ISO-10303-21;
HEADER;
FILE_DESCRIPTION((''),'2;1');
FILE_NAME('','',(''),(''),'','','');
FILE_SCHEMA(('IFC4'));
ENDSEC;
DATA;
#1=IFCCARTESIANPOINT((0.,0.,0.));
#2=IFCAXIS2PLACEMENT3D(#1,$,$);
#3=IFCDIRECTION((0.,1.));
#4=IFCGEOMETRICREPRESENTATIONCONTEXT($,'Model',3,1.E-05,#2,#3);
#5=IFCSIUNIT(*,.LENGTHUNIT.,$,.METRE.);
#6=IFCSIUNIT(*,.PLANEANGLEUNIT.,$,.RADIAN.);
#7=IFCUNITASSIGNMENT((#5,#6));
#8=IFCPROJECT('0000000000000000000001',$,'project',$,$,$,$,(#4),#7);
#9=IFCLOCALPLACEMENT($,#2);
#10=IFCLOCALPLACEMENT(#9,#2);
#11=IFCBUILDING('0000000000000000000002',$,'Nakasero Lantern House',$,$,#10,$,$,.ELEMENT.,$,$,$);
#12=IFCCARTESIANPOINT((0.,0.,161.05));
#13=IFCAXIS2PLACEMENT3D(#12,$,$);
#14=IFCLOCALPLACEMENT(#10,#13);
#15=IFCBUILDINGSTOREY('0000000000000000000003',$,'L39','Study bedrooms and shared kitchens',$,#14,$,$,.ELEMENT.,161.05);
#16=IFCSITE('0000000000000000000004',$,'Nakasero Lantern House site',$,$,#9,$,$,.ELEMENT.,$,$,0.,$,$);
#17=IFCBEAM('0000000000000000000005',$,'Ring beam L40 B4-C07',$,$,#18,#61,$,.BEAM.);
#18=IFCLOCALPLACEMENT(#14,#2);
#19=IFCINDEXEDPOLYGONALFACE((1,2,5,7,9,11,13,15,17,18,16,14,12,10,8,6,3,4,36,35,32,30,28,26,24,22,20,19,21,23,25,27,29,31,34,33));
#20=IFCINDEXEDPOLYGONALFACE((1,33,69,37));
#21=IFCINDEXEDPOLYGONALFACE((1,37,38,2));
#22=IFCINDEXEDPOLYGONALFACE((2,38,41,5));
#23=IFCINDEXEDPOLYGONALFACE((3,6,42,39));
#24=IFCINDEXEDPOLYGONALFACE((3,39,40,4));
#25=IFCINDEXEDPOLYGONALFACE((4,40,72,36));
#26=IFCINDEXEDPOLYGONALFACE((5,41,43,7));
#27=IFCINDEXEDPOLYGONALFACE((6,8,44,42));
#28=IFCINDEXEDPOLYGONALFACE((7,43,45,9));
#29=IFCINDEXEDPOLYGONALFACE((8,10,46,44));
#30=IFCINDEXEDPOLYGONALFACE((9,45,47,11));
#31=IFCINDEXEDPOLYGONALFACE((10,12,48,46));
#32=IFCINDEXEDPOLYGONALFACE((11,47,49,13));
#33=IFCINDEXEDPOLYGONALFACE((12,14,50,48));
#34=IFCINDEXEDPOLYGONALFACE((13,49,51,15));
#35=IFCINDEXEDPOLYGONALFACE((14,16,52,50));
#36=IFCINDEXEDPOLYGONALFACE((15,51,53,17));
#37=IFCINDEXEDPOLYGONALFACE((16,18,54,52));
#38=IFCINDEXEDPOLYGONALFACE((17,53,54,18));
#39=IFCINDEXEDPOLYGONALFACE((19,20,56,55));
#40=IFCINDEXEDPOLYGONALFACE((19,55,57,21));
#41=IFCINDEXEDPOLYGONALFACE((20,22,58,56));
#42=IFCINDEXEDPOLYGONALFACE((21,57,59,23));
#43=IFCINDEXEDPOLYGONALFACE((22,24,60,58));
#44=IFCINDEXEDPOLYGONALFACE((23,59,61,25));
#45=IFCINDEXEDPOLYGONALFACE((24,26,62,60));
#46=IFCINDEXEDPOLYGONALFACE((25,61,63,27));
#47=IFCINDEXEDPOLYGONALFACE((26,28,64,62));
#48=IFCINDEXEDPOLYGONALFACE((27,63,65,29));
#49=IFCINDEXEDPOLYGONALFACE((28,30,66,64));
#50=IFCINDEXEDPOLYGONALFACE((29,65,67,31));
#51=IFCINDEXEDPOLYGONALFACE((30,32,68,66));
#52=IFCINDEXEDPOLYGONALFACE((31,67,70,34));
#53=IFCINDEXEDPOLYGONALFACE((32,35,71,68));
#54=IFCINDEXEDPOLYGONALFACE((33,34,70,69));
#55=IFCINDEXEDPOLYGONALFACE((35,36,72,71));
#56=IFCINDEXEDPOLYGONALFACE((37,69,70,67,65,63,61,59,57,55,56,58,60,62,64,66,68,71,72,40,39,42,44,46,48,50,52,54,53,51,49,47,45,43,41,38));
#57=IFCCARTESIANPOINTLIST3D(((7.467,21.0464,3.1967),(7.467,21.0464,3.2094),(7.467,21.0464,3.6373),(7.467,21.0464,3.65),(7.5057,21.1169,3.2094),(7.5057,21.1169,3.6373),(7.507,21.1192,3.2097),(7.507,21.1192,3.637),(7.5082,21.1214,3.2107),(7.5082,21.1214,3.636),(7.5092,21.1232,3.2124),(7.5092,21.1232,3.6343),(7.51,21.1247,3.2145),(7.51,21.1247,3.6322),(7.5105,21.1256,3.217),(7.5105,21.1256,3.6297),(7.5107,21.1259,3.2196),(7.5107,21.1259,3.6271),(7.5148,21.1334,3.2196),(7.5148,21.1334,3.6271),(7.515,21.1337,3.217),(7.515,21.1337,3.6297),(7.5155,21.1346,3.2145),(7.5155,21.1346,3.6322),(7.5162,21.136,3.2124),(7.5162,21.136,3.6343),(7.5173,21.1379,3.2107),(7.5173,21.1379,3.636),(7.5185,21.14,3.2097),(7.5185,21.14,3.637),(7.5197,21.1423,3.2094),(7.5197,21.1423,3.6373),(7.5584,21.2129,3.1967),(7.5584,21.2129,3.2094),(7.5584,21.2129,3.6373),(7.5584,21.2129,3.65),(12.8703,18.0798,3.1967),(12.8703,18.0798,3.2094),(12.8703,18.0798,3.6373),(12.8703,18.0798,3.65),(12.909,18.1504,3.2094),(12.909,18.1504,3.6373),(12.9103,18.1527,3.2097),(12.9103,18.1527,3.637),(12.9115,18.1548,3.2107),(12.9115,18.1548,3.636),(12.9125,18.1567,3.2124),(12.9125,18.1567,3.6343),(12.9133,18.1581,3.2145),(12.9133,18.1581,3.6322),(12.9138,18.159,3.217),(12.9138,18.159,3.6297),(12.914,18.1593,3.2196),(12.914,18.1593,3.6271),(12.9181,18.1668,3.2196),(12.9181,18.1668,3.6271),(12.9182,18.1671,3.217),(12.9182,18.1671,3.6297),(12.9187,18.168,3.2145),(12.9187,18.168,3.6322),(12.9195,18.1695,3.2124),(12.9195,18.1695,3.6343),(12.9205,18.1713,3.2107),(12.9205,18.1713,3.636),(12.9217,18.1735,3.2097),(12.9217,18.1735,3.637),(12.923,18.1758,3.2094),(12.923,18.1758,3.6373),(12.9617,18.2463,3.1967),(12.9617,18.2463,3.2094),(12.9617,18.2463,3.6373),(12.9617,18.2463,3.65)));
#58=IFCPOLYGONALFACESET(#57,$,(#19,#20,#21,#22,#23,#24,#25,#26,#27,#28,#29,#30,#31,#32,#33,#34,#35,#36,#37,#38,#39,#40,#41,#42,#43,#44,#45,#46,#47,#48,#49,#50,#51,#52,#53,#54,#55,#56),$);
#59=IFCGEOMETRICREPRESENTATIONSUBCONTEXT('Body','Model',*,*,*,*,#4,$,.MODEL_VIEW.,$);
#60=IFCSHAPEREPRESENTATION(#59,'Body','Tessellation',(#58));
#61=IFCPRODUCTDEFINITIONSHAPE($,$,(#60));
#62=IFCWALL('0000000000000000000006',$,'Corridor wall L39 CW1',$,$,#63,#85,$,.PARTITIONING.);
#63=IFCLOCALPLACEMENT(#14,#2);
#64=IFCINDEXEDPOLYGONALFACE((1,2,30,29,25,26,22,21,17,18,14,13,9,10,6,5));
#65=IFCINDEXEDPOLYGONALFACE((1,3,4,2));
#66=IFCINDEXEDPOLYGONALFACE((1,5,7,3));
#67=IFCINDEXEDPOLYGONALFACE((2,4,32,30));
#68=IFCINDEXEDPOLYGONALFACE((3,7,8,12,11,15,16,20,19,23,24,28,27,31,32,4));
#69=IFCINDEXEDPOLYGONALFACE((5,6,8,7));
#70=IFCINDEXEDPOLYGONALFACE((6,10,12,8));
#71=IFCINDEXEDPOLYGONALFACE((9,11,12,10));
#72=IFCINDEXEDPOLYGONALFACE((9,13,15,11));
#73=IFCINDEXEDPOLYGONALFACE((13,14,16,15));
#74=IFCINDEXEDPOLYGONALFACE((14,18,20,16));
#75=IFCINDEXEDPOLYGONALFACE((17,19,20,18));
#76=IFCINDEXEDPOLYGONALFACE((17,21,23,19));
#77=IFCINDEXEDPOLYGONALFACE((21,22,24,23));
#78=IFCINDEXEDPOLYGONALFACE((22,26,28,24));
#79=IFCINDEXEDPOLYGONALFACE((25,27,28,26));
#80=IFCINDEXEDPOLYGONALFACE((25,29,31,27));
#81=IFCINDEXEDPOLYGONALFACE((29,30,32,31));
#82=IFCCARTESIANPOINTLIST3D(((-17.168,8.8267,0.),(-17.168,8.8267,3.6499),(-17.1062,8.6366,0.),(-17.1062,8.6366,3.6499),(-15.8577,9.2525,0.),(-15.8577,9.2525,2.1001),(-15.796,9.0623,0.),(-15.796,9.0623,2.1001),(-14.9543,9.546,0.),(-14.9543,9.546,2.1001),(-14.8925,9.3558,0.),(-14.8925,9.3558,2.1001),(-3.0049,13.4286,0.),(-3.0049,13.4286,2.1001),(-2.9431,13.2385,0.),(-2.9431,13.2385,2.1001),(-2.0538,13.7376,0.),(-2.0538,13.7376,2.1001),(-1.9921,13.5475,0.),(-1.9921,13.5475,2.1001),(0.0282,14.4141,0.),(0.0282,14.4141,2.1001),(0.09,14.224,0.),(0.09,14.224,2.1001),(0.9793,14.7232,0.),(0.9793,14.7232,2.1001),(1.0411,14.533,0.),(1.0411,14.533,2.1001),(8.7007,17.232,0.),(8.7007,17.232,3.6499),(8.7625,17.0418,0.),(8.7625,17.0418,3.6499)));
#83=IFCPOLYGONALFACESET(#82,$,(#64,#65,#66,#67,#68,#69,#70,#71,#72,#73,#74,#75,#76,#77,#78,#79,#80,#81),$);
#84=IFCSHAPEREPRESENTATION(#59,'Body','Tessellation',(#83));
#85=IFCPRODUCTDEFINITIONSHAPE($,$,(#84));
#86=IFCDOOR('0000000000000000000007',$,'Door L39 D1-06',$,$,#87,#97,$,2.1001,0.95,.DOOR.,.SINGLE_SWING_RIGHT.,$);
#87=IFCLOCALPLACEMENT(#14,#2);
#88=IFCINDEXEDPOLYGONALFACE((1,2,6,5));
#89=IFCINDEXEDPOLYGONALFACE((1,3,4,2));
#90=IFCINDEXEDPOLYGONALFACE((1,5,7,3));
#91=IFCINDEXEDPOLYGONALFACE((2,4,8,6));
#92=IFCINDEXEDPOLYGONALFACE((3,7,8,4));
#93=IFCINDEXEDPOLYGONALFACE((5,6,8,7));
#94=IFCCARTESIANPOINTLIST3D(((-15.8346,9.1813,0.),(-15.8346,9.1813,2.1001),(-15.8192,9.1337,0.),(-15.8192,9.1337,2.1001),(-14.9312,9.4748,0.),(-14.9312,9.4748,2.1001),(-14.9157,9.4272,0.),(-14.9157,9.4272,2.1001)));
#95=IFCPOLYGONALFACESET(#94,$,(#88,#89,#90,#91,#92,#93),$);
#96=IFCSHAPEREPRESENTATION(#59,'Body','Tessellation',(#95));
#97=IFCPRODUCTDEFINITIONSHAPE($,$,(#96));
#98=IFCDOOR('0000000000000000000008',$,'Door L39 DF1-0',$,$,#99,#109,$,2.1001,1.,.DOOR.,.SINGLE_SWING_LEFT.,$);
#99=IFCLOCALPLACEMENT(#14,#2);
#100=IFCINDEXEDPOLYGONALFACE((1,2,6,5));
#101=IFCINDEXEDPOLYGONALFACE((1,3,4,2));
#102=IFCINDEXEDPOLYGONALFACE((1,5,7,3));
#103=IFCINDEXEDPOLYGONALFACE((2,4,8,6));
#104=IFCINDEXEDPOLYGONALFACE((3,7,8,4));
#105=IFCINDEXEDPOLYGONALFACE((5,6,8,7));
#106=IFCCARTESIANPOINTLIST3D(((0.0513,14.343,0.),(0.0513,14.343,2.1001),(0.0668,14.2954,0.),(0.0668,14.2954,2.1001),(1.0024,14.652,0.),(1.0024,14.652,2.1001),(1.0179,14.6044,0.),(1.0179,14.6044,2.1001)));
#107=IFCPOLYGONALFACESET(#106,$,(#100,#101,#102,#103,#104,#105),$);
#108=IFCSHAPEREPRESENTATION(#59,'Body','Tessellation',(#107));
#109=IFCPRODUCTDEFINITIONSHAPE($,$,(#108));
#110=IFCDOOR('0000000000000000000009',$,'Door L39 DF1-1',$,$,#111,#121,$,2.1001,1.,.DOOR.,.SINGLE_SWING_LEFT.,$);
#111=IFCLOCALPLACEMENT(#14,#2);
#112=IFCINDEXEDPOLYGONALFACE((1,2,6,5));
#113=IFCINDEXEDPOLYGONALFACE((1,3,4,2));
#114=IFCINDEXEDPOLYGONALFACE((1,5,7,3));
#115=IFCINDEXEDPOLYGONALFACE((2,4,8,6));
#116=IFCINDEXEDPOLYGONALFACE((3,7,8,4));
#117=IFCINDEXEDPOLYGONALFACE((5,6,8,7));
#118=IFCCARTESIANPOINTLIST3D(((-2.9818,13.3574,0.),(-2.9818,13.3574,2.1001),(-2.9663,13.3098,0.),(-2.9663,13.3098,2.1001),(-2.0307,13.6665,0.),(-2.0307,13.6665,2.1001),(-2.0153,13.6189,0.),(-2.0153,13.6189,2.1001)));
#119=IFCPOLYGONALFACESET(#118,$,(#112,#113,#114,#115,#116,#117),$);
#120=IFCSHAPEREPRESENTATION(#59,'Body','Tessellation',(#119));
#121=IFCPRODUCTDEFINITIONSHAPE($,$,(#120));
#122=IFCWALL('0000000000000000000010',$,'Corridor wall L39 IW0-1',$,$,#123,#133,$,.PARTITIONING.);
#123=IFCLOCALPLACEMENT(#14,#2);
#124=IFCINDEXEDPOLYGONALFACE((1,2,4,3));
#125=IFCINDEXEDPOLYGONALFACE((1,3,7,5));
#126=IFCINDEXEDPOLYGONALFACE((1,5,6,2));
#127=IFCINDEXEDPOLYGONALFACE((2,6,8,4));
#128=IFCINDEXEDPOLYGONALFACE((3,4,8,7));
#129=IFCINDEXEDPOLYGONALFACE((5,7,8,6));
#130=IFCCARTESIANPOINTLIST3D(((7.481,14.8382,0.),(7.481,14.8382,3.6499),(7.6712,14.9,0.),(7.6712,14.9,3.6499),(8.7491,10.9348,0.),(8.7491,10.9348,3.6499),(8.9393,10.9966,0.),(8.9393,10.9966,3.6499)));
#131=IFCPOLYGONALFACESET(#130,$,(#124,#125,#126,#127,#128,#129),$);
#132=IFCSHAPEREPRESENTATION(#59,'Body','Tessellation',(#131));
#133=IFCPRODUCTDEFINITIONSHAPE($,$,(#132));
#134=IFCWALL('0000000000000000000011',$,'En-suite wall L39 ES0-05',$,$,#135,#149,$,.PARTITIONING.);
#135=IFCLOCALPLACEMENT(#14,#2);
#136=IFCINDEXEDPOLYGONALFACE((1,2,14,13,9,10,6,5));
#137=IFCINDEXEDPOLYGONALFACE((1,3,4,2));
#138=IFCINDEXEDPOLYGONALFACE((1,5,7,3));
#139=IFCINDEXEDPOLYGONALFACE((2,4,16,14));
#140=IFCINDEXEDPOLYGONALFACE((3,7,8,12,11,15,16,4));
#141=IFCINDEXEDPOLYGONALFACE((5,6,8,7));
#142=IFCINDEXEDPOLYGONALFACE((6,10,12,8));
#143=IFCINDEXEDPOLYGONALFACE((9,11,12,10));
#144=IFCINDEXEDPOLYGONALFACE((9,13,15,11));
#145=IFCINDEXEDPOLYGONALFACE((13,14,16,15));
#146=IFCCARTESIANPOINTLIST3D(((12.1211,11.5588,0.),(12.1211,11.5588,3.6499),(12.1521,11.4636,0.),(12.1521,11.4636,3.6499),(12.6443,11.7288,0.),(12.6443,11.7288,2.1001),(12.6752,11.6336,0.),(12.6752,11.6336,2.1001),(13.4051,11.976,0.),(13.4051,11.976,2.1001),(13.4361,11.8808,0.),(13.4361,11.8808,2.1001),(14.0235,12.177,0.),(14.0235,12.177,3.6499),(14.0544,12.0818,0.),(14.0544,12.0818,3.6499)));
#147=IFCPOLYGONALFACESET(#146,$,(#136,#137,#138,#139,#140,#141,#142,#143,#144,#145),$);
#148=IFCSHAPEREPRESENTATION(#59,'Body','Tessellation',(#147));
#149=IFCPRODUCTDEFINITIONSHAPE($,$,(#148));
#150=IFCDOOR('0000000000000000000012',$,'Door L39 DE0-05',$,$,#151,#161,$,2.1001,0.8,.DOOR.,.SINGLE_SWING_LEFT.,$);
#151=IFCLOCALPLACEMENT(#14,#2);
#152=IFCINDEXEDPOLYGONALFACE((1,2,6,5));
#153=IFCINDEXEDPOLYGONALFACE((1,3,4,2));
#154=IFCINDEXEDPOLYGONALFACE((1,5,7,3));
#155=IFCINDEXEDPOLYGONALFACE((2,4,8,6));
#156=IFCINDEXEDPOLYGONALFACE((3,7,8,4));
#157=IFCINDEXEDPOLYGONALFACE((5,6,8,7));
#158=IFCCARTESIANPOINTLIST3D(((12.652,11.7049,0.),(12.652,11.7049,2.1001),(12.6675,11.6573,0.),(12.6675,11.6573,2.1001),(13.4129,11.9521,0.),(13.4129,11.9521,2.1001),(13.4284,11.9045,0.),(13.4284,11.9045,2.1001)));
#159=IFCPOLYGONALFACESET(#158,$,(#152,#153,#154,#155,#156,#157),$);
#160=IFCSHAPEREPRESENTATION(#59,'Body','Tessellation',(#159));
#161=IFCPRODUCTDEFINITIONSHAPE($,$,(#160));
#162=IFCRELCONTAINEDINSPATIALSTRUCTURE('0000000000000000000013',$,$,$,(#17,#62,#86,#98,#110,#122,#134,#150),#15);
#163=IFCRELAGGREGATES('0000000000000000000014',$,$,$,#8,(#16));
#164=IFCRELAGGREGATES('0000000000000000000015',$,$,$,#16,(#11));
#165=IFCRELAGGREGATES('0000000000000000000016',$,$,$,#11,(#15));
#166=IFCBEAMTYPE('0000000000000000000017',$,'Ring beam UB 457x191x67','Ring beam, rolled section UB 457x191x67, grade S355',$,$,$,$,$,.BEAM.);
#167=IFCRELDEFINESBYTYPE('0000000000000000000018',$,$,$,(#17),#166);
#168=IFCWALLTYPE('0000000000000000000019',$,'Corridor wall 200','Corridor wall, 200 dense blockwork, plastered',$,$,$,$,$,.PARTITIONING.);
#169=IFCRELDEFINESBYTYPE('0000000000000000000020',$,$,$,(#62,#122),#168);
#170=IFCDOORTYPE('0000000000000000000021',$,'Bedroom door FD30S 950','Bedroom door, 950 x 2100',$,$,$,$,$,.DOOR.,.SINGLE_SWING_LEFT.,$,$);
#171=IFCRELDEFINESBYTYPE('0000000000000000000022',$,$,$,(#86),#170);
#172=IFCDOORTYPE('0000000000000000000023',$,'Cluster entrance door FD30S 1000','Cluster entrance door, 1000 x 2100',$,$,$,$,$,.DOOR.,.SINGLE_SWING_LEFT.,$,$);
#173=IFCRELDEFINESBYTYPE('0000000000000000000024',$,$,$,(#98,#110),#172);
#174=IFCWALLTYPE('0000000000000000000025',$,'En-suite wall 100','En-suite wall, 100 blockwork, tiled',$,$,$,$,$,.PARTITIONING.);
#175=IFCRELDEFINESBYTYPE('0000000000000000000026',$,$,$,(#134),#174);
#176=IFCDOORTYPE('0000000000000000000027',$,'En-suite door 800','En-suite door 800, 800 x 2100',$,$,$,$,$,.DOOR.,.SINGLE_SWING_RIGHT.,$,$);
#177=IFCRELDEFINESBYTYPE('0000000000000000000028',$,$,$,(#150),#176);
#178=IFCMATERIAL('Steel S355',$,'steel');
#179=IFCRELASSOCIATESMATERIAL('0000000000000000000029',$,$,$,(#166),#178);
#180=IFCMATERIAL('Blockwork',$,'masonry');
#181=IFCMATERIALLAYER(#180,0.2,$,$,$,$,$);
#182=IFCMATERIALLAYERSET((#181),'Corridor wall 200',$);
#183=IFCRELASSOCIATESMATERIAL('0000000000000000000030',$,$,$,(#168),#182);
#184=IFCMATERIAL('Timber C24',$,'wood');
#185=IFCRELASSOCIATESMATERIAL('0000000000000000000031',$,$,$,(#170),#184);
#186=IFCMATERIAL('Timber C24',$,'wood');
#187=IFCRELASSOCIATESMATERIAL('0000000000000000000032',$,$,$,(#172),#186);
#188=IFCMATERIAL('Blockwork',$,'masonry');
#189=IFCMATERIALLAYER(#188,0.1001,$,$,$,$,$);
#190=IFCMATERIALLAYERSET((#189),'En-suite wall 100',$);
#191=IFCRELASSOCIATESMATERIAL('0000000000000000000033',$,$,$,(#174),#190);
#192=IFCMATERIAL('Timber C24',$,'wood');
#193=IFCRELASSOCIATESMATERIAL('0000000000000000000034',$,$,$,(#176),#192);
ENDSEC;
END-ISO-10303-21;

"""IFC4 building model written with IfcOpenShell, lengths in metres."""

from ifc_helpers import new_model, si_unit, direction, frame, frame_2d, origin, origin_2d, place, context, subcontext, project, spatial, rectangle, i_section, extrude, material, layer, layer_set, material_profile, profile_set, type_object, element, fill, save


model = new_model("IFC4")

# Units and contexts
model_context = context("Model", 3, precision=1e-05, world=origin(), true_north=direction((0.0, 1.0)))
body_context = subcontext(model_context, "Body", "Model", "MODEL_VIEW")
ifc_project = project(units=[si_unit("LENGTHUNIT", "METRE"), si_unit("PLANEANGLEUNIT", "RADIAN")], contexts=[model_context])

# Site, building, storey
site_placement = place(None, origin())
site = spatial("IfcSite", under=ifc_project, at=site_placement, Name="Nakasero Lantern House site", CompositionType="ELEMENT", RefElevation=0.0)
building_placement = place(site_placement, origin())
building = spatial("IfcBuilding", under=site, at=building_placement, Name="Nakasero Lantern House", CompositionType="ELEMENT")
storey_placement = place(building_placement, frame((0.0, 0.0, 161.05)))
storey = spatial("IfcBuildingStorey", under=building, at=storey_placement, Name="L39", Description="Study bedrooms and shared kitchens", CompositionType="ELEMENT", Elevation=161.05)

# Beam
ifc_material_1 = material(Name="Steel S355", Category="steel")
ifc_material_profile_1 = material_profile(ifc_material_1, i_section(OverallWidth=0.1899, OverallDepth=0.4534, WebThickness=0.0085, FlangeThickness=0.0127, FilletRadius=0.0103, at=origin_2d()), Name="UB 457x191x67")
ifc_profile_set_1 = profile_set([ifc_material_profile_1], Name="Steel S355")
beam_type_1 = type_object("IfcBeamType", Name="Ring beam UB 457x191x67", Description="Ring beam, rolled section UB 457x191x67, grade S355", PredefinedType="BEAM", material=ifc_profile_set_1)
beam_1_placement = place(storey_placement, frame((12.916, 18.1631, 3.4233), z_axis=(-0.876577, 0.481262, 0.0), x_axis=(-0.481262, -0.876577, 0.0)))
element("IfcBeam", 1, at=beam_1_placement, inside=storey, type_object=beam_type_1, Name="Ring beam L40 B4-C07", PredefinedType="BEAM", context=body_context, shape_type="SweptSolid", body=[
    extrude(i_section(OverallWidth=0.1899, OverallDepth=0.4534, WebThickness=0.0085, FlangeThickness=0.0127, FilletRadius=0.0103, at=origin_2d()), origin(), (0.0, 0.0, 1.0), 6.1641),
])

# Wall, openings, doors
ifc_material_2 = material(Name="Blockwork", Category="masonry")
ifc_layer_1 = layer(ifc_material_2, 0.2)
ifc_layer_set_1 = layer_set([ifc_layer_1], Name="Corridor wall 200")
wall_type_1 = type_object("IfcWallType", Name="Corridor wall 200", Description="Corridor wall, 200 dense blockwork, plastered", PredefinedType="PARTITIONING", material=ifc_layer_set_1)
wall_1_placement = place(storey_placement, frame((8.7317, 17.137, 0.0), z_axis=(0.0, 0.0, 1.0), x_axis=(-0.951056, -0.309018, 0.0)))
wall_1 = element("IfcWall", 2, at=wall_1_placement, inside=storey, type_object=wall_type_1, Name="Corridor wall L39 CW1", PredefinedType="PARTITIONING", context=body_context, shape_type="SweptSolid", body=[
    extrude(rectangle(XDim=27.2, YDim=0.2, at=frame_2d((13.6001, 0.0))), origin(), (0.0, 0.0, 1.0), 3.6499),
])
opening_1_placement = place(wall_1_placement, frame((8.1189, 0.0, 0.0)))
opening_1 = element("IfcOpeningElement", 3, at=opening_1_placement, cuts=wall_1, PredefinedType="OPENING", context=body_context, shape_type="SweptSolid", body=[
    extrude(rectangle(XDim=1.0, YDim=2.1001, at=frame_2d((0.5, 1.05))), frame((0.0, 0.1199, 0.0), z_axis=(0.0, -1.0, 0.0), x_axis=(1.0, 0.0, 0.0)), (0.0, 0.0, 1.0), 0.24),
])
opening_2_placement = place(wall_1_placement, frame((11.3081, 0.0, 0.0)))
opening_2 = element("IfcOpeningElement", 4, at=opening_2_placement, cuts=wall_1, PredefinedType="OPENING", context=body_context, shape_type="SweptSolid", body=[
    extrude(rectangle(XDim=1.0, YDim=2.1001, at=frame_2d((0.5, 1.05))), frame((0.0, 0.1199, 0.0), z_axis=(0.0, -1.0, 0.0), x_axis=(1.0, 0.0, 0.0)), (0.0, 0.0, 1.0), 0.24),
])
opening_3_placement = place(wall_1_placement, frame((24.8723, 0.0, 0.0)))
opening_3 = element("IfcOpeningElement", 5, at=opening_3_placement, cuts=wall_1, PredefinedType="OPENING", context=body_context, shape_type="SweptSolid", body=[
    extrude(rectangle(XDim=0.95, YDim=2.1001, at=frame_2d((0.4751, 1.05))), frame((0.0, 0.1199, 0.0), z_axis=(0.0, -1.0, 0.0), x_axis=(1.0, 0.0, 0.0)), (0.0, 0.0, 1.0), 0.24),
])
ifc_material_3 = material(Name="Timber C24", Category="wood")
door_type_1 = type_object("IfcDoorType", Name="Bedroom door FD30S 950", Description="Bedroom door, 950 x 2100", OperationType="SINGLE_SWING_LEFT", PredefinedType="DOOR", material=ifc_material_3)
door_1_placement = place(opening_3_placement, origin())
door_1 = element("IfcDoor", 6, at=door_1_placement, inside=storey, type_object=door_type_1, Name="Door L39 D1-06", OperationType="SINGLE_SWING_RIGHT", OverallHeight=2.1001, OverallWidth=0.95, PredefinedType="DOOR", context=body_context, shape_type="SweptSolid", body=[
    extrude(rectangle(XDim=0.95, YDim=2.1001, at=frame_2d((0.4751, 1.05))), frame((0.0, 0.0249, 0.0), z_axis=(0.0, -1.0, 0.0), x_axis=(1.0, 0.0, 0.0)), (0.0, 0.0, 1.0), 0.05),
])
fill(opening_3, door_1)
ifc_material_4 = material(Name="Timber C24", Category="wood")
door_type_2 = type_object("IfcDoorType", Name="Cluster entrance door FD30S 1000", Description="Cluster entrance door, 1000 x 2100", OperationType="SINGLE_SWING_LEFT", PredefinedType="DOOR", material=ifc_material_4)
door_2_placement = place(opening_1_placement, origin())
door_2 = element("IfcDoor", 7, at=door_2_placement, inside=storey, type_object=door_type_2, Name="Door L39 DF1-0", OperationType="SINGLE_SWING_LEFT", OverallHeight=2.1001, OverallWidth=1.0, PredefinedType="DOOR", context=body_context, shape_type="SweptSolid", body=[
    extrude(rectangle(XDim=1.0, YDim=2.1001, at=frame_2d((0.5, 1.05))), frame((0.0, 0.0249, 0.0), z_axis=(0.0, -1.0, 0.0), x_axis=(1.0, 0.0, 0.0)), (0.0, 0.0, 1.0), 0.05),
])
fill(opening_1, door_2)
door_3_placement = place(opening_2_placement, origin())
door_3 = element("IfcDoor", 8, at=door_3_placement, inside=storey, type_object=door_type_2, Name="Door L39 DF1-1", OperationType="SINGLE_SWING_LEFT", OverallHeight=2.1001, OverallWidth=1.0, PredefinedType="DOOR", context=body_context, shape_type="SweptSolid", body=[
    extrude(rectangle(XDim=1.0, YDim=2.1001, at=frame_2d((0.5, 1.05))), frame((0.0, 0.0249, 0.0), z_axis=(0.0, -1.0, 0.0), x_axis=(1.0, 0.0, 0.0)), (0.0, 0.0, 1.0), 0.05),
])
fill(opening_2, door_3)

# Wall
wall_2_placement = place(storey_placement, frame((8.8442, 10.9656, 0.0), z_axis=(0.0, 0.0, 1.0), x_axis=(-0.308973, 0.951071, 0.0)))
element("IfcWall", 9, at=wall_2_placement, inside=storey, type_object=wall_type_1, Name="Corridor wall L39 IW0-1", PredefinedType="PARTITIONING", context=body_context, shape_type="SweptSolid", body=[
    extrude(rectangle(XDim=4.1042, YDim=0.2, at=frame_2d((2.0522, 0.0))), origin(), (0.0, 0.0, 1.0), 3.6499),
])

# Wall, opening, door
ifc_material_5 = material(Name="Blockwork", Category="masonry")
ifc_layer_2 = layer(ifc_material_5, 0.1001)
ifc_layer_set_2 = layer_set([ifc_layer_2], Name="En-suite wall 100")
wall_type_2 = type_object("IfcWallType", Name="En-suite wall 100", Description="En-suite wall, 100 blockwork, tiled", PredefinedType="PARTITIONING", material=ifc_layer_set_2)
wall_3_placement = place(storey_placement, frame((12.1367, 11.5112, 0.0), z_axis=(0.0, 0.0, 1.0), x_axis=(0.951048, 0.309042, 0.0)))
wall_3 = element("IfcWall", 10, at=wall_3_placement, inside=storey, type_object=wall_type_2, Name="En-suite wall L39 ES0-05", PredefinedType="PARTITIONING", context=body_context, shape_type="SweptSolid", body=[
    extrude(rectangle(XDim=2.0002, YDim=0.1001, at=frame_2d((1.0, 0.0))), origin(), (0.0, 0.0, 1.0), 3.6499),
])
opening_4_placement = place(wall_3_placement, frame((0.55, 0.0, 0.0)))
opening_4 = element("IfcOpeningElement", 11, at=opening_4_placement, cuts=wall_3, PredefinedType="OPENING", context=body_context, shape_type="SweptSolid", body=[
    extrude(rectangle(XDim=0.8, YDim=2.1001, at=frame_2d((0.3999, 1.05))), frame((0.0, 0.0701, 0.0), z_axis=(0.0, -1.0, 0.0), x_axis=(1.0, 0.0, 0.0)), (0.0, 0.0, 1.0), 0.1401),
])
ifc_material_6 = material(Name="Timber C24", Category="wood")
door_type_3 = type_object("IfcDoorType", Name="En-suite door 800", Description="En-suite door 800, 800 x 2100", OperationType="SINGLE_SWING_RIGHT", PredefinedType="DOOR", material=ifc_material_6)
door_4_placement = place(opening_4_placement, origin())
door_4 = element("IfcDoor", 12, at=door_4_placement, inside=storey, type_object=door_type_3, Name="Door L39 DE0-05", OperationType="SINGLE_SWING_LEFT", OverallHeight=2.1001, OverallWidth=0.8, PredefinedType="DOOR", context=body_context, shape_type="SweptSolid", body=[
    extrude(rectangle(XDim=0.8, YDim=2.1001, at=frame_2d((0.3999, 1.05))), frame((0.0, 0.0249, 0.0), z_axis=(0.0, -1.0, 0.0), x_axis=(1.0, 0.0, 0.0)), (0.0, 0.0, 1.0), 0.05),
])
fill(opening_4, door_4)

save(model, "model.ifc")
